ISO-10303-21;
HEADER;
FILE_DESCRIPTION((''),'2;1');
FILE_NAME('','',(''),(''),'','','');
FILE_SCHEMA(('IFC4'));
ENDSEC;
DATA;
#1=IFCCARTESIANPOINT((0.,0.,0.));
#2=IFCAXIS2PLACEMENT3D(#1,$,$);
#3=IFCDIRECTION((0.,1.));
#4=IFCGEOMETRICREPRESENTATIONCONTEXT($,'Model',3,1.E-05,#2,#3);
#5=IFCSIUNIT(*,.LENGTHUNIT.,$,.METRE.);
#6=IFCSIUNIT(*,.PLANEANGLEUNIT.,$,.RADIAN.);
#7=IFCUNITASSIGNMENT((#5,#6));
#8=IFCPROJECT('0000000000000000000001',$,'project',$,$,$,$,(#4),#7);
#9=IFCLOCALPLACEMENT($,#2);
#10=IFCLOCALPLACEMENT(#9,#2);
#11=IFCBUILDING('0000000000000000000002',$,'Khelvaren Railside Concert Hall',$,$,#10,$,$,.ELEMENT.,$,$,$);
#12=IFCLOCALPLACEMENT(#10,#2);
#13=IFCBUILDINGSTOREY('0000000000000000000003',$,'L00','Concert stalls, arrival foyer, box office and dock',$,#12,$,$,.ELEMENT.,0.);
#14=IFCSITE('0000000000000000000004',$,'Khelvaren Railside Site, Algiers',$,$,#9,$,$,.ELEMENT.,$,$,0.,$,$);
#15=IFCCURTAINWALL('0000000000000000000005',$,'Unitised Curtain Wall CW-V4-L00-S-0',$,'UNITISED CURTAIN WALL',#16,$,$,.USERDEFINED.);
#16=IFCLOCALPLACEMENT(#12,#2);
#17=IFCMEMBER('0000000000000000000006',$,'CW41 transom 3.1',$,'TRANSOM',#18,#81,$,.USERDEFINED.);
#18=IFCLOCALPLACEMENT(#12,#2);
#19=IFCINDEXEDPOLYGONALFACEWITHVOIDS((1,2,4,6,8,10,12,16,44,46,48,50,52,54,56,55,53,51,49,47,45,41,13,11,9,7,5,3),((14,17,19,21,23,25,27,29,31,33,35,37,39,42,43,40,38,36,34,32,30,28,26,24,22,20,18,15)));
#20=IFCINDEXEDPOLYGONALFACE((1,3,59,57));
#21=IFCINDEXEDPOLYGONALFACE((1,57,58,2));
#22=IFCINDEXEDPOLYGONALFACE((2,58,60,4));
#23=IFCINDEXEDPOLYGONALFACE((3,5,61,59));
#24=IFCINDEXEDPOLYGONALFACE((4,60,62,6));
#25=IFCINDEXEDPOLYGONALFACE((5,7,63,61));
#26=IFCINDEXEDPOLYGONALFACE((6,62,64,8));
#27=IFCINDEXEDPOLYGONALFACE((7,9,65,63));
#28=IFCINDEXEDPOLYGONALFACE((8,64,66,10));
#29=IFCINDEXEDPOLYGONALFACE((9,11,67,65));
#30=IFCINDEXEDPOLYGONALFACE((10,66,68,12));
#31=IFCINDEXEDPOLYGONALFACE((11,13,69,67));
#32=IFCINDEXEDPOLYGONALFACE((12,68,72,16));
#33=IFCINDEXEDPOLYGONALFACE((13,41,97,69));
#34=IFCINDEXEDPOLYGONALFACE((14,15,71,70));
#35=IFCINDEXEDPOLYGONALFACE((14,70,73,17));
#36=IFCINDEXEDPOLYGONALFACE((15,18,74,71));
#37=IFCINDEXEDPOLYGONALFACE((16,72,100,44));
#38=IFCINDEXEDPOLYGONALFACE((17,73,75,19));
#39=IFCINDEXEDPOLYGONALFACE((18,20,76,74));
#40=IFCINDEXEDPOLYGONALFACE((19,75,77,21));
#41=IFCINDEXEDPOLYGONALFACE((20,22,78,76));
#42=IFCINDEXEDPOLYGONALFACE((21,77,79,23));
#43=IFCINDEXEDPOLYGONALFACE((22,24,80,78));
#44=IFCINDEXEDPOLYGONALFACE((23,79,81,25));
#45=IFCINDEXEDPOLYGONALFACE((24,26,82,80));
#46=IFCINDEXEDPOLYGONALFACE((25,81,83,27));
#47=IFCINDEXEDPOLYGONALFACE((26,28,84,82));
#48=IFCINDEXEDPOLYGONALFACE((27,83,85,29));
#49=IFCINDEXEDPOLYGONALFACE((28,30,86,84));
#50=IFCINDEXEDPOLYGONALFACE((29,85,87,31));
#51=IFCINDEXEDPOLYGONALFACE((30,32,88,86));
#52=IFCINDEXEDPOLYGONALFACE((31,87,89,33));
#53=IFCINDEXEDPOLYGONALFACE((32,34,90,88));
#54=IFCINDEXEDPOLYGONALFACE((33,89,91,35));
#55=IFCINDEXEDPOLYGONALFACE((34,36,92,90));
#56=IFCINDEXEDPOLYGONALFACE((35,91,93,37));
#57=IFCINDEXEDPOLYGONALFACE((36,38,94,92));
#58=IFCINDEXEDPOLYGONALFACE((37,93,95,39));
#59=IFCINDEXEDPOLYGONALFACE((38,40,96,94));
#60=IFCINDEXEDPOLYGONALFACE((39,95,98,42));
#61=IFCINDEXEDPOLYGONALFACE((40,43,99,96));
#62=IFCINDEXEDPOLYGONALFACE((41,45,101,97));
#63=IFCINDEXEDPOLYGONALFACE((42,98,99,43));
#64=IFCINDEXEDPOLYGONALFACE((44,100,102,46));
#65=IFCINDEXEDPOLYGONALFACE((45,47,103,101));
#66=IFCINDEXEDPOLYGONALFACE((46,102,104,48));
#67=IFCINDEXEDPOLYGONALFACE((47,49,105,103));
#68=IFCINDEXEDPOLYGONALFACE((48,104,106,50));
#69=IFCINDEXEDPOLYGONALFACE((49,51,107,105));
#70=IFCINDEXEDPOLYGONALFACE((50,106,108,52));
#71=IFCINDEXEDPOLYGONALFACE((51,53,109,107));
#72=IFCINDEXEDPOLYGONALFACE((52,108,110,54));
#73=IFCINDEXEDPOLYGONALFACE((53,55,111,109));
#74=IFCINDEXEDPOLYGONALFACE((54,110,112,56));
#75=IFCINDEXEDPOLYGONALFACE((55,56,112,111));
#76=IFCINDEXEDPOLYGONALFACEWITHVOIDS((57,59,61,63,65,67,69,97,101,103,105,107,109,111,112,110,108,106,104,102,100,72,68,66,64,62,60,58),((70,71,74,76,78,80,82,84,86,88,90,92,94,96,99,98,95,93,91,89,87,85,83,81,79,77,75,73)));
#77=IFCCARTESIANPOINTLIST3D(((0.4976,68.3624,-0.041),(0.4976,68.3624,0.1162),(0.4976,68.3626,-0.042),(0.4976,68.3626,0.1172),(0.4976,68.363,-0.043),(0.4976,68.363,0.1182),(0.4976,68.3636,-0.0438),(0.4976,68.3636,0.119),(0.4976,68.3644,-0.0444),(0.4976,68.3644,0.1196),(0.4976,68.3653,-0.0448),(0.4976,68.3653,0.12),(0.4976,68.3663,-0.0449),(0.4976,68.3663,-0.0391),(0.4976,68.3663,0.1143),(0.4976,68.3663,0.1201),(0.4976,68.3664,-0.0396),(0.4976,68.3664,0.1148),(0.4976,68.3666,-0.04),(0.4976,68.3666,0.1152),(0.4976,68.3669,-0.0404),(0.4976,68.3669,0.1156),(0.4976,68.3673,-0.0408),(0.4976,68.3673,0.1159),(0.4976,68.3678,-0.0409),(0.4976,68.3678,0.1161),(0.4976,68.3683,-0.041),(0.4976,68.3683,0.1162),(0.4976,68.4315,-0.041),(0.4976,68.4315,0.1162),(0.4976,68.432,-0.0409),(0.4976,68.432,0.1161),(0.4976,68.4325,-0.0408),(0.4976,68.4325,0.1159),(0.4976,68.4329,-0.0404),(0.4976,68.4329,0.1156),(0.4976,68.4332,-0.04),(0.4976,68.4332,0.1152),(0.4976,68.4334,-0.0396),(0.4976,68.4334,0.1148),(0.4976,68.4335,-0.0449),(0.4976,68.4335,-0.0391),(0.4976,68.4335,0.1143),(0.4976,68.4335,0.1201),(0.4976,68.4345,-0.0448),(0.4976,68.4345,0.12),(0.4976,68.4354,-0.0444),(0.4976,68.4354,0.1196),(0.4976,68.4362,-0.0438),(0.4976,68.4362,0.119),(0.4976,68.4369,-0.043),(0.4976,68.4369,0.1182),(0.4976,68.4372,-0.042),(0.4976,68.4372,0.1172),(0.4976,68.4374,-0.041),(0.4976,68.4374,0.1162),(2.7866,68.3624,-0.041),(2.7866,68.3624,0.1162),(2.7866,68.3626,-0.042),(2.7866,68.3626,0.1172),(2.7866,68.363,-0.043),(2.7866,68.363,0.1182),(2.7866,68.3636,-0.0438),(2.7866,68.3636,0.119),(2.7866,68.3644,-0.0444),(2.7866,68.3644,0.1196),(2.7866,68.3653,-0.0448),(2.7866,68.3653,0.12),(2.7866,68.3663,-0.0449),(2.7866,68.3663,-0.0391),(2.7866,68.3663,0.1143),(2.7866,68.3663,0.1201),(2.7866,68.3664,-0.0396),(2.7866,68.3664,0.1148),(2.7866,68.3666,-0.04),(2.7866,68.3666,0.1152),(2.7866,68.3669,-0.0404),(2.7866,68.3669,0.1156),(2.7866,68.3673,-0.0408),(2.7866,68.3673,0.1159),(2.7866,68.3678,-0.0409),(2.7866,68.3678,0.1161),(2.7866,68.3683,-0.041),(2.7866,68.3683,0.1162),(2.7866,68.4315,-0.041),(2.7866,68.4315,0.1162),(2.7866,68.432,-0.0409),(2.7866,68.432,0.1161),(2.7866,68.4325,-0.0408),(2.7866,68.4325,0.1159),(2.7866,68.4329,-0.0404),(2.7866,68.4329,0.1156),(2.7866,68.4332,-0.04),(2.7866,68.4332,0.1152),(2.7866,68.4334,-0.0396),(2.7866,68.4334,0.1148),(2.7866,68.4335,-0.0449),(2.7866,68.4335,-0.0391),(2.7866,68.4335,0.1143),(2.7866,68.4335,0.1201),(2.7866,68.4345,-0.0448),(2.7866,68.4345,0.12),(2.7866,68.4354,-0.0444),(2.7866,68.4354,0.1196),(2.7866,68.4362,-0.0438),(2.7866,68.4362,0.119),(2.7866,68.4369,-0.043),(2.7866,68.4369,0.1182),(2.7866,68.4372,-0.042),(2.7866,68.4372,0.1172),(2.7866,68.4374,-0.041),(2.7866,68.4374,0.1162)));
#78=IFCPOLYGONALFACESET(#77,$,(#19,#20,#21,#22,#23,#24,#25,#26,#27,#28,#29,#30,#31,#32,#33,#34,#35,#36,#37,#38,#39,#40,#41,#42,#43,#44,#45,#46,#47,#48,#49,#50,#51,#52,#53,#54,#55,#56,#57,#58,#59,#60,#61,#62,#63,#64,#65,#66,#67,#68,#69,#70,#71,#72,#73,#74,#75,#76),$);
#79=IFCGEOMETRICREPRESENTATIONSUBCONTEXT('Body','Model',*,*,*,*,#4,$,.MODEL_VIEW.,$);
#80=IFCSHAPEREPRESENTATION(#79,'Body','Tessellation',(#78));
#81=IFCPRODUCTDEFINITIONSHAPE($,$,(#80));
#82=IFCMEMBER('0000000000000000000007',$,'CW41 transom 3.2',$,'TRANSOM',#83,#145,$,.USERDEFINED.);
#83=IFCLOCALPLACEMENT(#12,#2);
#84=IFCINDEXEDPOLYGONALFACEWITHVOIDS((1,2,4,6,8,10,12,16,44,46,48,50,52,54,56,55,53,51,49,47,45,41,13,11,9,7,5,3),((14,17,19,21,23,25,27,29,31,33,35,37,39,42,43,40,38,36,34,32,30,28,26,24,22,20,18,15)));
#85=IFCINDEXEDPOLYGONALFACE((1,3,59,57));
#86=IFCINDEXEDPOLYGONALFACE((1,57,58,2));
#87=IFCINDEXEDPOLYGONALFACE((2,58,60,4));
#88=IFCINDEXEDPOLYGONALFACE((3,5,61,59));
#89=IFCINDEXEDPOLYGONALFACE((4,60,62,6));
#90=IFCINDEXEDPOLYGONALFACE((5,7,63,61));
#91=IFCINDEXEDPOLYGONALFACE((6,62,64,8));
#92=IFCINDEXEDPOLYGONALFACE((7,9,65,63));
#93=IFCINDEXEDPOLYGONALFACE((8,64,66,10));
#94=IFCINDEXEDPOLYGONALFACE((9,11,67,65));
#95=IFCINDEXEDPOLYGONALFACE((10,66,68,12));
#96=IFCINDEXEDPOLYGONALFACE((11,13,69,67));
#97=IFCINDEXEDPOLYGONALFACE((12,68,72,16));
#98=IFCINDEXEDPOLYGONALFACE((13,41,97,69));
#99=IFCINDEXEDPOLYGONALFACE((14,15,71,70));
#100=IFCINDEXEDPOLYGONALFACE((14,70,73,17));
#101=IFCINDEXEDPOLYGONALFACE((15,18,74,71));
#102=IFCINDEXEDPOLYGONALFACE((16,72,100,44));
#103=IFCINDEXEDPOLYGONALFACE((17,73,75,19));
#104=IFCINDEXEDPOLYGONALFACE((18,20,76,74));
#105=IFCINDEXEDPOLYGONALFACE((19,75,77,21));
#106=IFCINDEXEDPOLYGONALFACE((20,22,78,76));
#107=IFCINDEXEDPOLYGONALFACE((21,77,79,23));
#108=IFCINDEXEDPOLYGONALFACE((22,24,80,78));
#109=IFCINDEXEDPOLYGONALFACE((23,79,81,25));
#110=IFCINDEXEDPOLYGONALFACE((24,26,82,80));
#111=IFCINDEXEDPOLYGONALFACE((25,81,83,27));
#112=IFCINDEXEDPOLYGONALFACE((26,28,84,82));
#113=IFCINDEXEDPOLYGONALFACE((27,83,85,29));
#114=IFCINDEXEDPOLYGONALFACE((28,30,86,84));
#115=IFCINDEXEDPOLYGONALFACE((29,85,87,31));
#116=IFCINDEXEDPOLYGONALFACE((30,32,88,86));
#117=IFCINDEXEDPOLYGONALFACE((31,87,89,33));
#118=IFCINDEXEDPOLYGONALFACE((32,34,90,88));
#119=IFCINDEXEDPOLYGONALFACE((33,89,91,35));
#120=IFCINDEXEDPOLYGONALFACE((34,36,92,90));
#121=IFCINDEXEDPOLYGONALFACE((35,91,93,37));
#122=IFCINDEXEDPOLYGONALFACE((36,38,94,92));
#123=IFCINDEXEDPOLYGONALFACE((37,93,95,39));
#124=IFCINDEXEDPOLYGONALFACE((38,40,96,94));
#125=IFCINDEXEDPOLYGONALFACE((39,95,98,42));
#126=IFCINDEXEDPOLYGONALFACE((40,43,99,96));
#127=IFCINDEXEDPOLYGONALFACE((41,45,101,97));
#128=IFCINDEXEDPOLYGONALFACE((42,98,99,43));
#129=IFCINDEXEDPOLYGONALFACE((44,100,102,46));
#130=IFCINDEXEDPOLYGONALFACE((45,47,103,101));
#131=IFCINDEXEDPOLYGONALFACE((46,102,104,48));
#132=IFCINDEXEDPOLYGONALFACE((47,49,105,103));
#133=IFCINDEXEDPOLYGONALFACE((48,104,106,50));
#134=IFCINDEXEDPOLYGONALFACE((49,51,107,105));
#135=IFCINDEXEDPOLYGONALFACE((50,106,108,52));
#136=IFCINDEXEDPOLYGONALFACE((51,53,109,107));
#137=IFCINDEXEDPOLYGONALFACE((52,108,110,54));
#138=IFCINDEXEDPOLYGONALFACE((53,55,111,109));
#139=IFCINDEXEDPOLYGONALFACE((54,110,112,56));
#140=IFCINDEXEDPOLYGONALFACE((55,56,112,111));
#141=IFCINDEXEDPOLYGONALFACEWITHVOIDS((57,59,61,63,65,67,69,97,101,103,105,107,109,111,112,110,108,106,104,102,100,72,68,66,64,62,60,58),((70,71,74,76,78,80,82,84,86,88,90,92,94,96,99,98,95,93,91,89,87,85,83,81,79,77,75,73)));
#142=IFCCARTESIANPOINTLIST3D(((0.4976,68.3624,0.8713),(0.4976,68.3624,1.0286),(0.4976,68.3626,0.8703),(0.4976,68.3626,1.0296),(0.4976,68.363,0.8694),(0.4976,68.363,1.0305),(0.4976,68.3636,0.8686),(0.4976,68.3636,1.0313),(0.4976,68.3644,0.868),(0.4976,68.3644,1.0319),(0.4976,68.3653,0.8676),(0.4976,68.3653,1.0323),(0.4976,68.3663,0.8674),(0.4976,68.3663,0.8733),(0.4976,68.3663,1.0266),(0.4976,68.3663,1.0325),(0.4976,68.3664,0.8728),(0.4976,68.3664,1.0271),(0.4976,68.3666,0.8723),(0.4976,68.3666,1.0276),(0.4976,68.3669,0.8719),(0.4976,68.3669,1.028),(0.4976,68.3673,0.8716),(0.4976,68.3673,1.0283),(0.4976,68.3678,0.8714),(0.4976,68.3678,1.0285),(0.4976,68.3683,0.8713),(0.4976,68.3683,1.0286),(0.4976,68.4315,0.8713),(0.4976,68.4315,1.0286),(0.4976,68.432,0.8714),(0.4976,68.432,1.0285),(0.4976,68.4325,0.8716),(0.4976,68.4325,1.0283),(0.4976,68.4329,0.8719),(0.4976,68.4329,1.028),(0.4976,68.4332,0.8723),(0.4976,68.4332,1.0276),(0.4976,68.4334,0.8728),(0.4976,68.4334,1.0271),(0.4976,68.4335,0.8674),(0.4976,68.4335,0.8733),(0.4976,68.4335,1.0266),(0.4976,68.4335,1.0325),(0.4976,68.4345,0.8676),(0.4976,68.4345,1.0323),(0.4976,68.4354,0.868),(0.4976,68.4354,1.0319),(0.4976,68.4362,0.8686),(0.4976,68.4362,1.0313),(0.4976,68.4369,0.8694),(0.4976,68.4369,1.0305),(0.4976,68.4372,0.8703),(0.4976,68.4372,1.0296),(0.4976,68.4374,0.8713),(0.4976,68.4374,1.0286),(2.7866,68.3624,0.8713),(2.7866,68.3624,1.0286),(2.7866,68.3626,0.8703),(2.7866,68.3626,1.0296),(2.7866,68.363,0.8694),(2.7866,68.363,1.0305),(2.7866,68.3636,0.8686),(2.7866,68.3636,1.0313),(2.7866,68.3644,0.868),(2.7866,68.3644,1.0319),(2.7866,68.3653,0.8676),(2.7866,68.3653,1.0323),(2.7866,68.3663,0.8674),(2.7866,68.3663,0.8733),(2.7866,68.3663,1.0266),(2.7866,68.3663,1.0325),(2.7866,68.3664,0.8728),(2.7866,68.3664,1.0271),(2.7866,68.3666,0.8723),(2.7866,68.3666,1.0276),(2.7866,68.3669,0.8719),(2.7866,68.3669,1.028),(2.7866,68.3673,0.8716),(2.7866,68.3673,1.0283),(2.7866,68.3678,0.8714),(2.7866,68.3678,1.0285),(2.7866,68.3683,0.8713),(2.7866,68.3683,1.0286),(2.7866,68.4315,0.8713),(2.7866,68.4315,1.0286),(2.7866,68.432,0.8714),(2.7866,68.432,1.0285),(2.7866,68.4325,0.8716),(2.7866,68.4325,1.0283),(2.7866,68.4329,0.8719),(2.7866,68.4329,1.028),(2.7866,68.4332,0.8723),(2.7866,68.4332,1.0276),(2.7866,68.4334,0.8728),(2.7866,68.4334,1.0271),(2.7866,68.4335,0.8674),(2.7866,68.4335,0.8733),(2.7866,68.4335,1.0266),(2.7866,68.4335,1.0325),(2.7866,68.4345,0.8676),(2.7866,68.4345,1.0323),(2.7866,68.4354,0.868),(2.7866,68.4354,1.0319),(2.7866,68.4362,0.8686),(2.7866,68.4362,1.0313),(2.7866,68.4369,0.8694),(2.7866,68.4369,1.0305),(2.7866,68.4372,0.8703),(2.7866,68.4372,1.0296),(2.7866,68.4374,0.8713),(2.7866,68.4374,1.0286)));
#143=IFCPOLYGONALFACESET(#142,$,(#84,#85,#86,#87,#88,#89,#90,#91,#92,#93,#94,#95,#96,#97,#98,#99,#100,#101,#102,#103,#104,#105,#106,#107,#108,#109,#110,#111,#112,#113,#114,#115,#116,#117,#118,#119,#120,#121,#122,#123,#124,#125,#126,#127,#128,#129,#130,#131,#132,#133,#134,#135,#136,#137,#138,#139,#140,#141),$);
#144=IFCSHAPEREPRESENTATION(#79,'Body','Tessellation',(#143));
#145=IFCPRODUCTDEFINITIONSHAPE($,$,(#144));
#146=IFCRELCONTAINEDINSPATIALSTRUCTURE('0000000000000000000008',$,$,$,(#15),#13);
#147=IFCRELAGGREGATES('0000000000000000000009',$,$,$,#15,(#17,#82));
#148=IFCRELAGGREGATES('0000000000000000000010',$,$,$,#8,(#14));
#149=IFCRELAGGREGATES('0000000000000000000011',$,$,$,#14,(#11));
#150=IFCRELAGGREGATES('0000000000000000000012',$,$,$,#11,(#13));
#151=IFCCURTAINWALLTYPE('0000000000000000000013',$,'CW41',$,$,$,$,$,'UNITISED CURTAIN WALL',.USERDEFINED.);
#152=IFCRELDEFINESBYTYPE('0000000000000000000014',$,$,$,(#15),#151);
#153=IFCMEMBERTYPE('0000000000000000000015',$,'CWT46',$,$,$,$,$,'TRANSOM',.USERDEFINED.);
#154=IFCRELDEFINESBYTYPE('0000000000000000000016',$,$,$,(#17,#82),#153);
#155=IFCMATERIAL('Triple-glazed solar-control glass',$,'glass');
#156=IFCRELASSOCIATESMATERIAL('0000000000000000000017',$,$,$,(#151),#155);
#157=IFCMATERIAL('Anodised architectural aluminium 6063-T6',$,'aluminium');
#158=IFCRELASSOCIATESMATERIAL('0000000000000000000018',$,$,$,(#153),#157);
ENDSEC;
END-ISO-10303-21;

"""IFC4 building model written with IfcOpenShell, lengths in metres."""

from ifc_helpers import new_model, si_unit, direction, frame, origin, origin_2d, place, context, subcontext, project, spatial, hollow_rectangle, extrude, material, material_profile, profile_set, type_object, element, aggregate, save


model = new_model("IFC4")

# Units and contexts
model_context = context("Model", 3, precision=1e-05, world=origin(), true_north=direction((0.0, 1.0)))
body_context = subcontext(model_context, "Body", "Model", "MODEL_VIEW")
ifc_project = project(units=[si_unit("LENGTHUNIT", "METRE"), si_unit("PLANEANGLEUNIT", "RADIAN")], contexts=[model_context])

# Site, building, storey
site_placement = place(None, origin())
site = spatial("IfcSite", under=ifc_project, at=site_placement, Name="Khelvaren Railside Site, Algiers", CompositionType="ELEMENT", RefElevation=0.0)
building_placement = place(site_placement, origin())
building = spatial("IfcBuilding", under=site, at=building_placement, Name="Khelvaren Railside Concert Hall", CompositionType="ELEMENT")
storey_placement = place(building_placement, origin())
storey = spatial("IfcBuildingStorey", under=building, at=storey_placement, Name="L00", Description="Concert stalls, arrival foyer, box office and dock", CompositionType="ELEMENT", Elevation=0.0)

# Curtain wall, members
ifc_material_1 = material(Name="Triple-glazed solar-control glass", Category="glass")
curtain_wall_type = type_object("IfcCurtainWallType", Name="CW41", ElementType="UNITISED CURTAIN WALL", PredefinedType="USERDEFINED", material=ifc_material_1)
curtain_wall_placement = place(storey_placement, origin())
curtain_wall = element("IfcCurtainWall", 1, at=curtain_wall_placement, inside=storey, type_object=curtain_wall_type, Name="Unitised Curtain Wall CW-V4-L00-S-0", ObjectType="UNITISED CURTAIN WALL", PredefinedType="USERDEFINED")
ifc_material_2 = material(Name="Anodised architectural aluminium 6063-T6", Category="aluminium")
ifc_material_profile_1 = material_profile(ifc_material_2, hollow_rectangle(XDim=0.075, YDim=0.165, WallThickness=0.0039, InnerFilletRadius=0.002, OuterFilletRadius=0.0039, at=origin_2d()), Name="CWT 75x165x4")
ifc_profile_set_1 = profile_set([ifc_material_profile_1], Name="Anodised architectural aluminium 6063-T6")
member_type_1 = type_object("IfcMemberType", Name="CWT46", ElementType="TRANSOM", PredefinedType="USERDEFINED", material=ifc_profile_set_1)
member_1_placement = place(storey_placement, frame((2.7866, 68.3999, 0.0376), z_axis=(-1.0, 0.0, 0.0), x_axis=(0.0, -1.0, 0.0)))
member_1 = element("IfcMember", 2, at=member_1_placement, type_object=member_type_1, Name="CW41 transom 3.1", ObjectType="TRANSOM", PredefinedType="USERDEFINED", context=body_context, shape_type="SweptSolid", body=[
    extrude(hollow_rectangle(XDim=0.075, YDim=0.165, WallThickness=0.0039, InnerFilletRadius=0.002, OuterFilletRadius=0.0039, at=origin_2d()), origin(), (0.0, 0.0, 1.0), 2.2891),
])
member_2_placement = place(storey_placement, frame((2.7866, 68.3999, 0.95), z_axis=(-1.0, 0.0, 0.0), x_axis=(0.0, -1.0, 0.0)))
member_2 = element("IfcMember", 3, at=member_2_placement, type_object=member_type_1, Name="CW41 transom 3.2", ObjectType="TRANSOM", PredefinedType="USERDEFINED", context=body_context, shape_type="SweptSolid", body=[
    extrude(hollow_rectangle(XDim=0.075, YDim=0.165, WallThickness=0.0039, InnerFilletRadius=0.002, OuterFilletRadius=0.0039, at=origin_2d()), origin(), (0.0, 0.0, 1.0), 2.2891),
])

aggregate(curtain_wall, [member_1, member_2])

save(model, "model.ifc")
